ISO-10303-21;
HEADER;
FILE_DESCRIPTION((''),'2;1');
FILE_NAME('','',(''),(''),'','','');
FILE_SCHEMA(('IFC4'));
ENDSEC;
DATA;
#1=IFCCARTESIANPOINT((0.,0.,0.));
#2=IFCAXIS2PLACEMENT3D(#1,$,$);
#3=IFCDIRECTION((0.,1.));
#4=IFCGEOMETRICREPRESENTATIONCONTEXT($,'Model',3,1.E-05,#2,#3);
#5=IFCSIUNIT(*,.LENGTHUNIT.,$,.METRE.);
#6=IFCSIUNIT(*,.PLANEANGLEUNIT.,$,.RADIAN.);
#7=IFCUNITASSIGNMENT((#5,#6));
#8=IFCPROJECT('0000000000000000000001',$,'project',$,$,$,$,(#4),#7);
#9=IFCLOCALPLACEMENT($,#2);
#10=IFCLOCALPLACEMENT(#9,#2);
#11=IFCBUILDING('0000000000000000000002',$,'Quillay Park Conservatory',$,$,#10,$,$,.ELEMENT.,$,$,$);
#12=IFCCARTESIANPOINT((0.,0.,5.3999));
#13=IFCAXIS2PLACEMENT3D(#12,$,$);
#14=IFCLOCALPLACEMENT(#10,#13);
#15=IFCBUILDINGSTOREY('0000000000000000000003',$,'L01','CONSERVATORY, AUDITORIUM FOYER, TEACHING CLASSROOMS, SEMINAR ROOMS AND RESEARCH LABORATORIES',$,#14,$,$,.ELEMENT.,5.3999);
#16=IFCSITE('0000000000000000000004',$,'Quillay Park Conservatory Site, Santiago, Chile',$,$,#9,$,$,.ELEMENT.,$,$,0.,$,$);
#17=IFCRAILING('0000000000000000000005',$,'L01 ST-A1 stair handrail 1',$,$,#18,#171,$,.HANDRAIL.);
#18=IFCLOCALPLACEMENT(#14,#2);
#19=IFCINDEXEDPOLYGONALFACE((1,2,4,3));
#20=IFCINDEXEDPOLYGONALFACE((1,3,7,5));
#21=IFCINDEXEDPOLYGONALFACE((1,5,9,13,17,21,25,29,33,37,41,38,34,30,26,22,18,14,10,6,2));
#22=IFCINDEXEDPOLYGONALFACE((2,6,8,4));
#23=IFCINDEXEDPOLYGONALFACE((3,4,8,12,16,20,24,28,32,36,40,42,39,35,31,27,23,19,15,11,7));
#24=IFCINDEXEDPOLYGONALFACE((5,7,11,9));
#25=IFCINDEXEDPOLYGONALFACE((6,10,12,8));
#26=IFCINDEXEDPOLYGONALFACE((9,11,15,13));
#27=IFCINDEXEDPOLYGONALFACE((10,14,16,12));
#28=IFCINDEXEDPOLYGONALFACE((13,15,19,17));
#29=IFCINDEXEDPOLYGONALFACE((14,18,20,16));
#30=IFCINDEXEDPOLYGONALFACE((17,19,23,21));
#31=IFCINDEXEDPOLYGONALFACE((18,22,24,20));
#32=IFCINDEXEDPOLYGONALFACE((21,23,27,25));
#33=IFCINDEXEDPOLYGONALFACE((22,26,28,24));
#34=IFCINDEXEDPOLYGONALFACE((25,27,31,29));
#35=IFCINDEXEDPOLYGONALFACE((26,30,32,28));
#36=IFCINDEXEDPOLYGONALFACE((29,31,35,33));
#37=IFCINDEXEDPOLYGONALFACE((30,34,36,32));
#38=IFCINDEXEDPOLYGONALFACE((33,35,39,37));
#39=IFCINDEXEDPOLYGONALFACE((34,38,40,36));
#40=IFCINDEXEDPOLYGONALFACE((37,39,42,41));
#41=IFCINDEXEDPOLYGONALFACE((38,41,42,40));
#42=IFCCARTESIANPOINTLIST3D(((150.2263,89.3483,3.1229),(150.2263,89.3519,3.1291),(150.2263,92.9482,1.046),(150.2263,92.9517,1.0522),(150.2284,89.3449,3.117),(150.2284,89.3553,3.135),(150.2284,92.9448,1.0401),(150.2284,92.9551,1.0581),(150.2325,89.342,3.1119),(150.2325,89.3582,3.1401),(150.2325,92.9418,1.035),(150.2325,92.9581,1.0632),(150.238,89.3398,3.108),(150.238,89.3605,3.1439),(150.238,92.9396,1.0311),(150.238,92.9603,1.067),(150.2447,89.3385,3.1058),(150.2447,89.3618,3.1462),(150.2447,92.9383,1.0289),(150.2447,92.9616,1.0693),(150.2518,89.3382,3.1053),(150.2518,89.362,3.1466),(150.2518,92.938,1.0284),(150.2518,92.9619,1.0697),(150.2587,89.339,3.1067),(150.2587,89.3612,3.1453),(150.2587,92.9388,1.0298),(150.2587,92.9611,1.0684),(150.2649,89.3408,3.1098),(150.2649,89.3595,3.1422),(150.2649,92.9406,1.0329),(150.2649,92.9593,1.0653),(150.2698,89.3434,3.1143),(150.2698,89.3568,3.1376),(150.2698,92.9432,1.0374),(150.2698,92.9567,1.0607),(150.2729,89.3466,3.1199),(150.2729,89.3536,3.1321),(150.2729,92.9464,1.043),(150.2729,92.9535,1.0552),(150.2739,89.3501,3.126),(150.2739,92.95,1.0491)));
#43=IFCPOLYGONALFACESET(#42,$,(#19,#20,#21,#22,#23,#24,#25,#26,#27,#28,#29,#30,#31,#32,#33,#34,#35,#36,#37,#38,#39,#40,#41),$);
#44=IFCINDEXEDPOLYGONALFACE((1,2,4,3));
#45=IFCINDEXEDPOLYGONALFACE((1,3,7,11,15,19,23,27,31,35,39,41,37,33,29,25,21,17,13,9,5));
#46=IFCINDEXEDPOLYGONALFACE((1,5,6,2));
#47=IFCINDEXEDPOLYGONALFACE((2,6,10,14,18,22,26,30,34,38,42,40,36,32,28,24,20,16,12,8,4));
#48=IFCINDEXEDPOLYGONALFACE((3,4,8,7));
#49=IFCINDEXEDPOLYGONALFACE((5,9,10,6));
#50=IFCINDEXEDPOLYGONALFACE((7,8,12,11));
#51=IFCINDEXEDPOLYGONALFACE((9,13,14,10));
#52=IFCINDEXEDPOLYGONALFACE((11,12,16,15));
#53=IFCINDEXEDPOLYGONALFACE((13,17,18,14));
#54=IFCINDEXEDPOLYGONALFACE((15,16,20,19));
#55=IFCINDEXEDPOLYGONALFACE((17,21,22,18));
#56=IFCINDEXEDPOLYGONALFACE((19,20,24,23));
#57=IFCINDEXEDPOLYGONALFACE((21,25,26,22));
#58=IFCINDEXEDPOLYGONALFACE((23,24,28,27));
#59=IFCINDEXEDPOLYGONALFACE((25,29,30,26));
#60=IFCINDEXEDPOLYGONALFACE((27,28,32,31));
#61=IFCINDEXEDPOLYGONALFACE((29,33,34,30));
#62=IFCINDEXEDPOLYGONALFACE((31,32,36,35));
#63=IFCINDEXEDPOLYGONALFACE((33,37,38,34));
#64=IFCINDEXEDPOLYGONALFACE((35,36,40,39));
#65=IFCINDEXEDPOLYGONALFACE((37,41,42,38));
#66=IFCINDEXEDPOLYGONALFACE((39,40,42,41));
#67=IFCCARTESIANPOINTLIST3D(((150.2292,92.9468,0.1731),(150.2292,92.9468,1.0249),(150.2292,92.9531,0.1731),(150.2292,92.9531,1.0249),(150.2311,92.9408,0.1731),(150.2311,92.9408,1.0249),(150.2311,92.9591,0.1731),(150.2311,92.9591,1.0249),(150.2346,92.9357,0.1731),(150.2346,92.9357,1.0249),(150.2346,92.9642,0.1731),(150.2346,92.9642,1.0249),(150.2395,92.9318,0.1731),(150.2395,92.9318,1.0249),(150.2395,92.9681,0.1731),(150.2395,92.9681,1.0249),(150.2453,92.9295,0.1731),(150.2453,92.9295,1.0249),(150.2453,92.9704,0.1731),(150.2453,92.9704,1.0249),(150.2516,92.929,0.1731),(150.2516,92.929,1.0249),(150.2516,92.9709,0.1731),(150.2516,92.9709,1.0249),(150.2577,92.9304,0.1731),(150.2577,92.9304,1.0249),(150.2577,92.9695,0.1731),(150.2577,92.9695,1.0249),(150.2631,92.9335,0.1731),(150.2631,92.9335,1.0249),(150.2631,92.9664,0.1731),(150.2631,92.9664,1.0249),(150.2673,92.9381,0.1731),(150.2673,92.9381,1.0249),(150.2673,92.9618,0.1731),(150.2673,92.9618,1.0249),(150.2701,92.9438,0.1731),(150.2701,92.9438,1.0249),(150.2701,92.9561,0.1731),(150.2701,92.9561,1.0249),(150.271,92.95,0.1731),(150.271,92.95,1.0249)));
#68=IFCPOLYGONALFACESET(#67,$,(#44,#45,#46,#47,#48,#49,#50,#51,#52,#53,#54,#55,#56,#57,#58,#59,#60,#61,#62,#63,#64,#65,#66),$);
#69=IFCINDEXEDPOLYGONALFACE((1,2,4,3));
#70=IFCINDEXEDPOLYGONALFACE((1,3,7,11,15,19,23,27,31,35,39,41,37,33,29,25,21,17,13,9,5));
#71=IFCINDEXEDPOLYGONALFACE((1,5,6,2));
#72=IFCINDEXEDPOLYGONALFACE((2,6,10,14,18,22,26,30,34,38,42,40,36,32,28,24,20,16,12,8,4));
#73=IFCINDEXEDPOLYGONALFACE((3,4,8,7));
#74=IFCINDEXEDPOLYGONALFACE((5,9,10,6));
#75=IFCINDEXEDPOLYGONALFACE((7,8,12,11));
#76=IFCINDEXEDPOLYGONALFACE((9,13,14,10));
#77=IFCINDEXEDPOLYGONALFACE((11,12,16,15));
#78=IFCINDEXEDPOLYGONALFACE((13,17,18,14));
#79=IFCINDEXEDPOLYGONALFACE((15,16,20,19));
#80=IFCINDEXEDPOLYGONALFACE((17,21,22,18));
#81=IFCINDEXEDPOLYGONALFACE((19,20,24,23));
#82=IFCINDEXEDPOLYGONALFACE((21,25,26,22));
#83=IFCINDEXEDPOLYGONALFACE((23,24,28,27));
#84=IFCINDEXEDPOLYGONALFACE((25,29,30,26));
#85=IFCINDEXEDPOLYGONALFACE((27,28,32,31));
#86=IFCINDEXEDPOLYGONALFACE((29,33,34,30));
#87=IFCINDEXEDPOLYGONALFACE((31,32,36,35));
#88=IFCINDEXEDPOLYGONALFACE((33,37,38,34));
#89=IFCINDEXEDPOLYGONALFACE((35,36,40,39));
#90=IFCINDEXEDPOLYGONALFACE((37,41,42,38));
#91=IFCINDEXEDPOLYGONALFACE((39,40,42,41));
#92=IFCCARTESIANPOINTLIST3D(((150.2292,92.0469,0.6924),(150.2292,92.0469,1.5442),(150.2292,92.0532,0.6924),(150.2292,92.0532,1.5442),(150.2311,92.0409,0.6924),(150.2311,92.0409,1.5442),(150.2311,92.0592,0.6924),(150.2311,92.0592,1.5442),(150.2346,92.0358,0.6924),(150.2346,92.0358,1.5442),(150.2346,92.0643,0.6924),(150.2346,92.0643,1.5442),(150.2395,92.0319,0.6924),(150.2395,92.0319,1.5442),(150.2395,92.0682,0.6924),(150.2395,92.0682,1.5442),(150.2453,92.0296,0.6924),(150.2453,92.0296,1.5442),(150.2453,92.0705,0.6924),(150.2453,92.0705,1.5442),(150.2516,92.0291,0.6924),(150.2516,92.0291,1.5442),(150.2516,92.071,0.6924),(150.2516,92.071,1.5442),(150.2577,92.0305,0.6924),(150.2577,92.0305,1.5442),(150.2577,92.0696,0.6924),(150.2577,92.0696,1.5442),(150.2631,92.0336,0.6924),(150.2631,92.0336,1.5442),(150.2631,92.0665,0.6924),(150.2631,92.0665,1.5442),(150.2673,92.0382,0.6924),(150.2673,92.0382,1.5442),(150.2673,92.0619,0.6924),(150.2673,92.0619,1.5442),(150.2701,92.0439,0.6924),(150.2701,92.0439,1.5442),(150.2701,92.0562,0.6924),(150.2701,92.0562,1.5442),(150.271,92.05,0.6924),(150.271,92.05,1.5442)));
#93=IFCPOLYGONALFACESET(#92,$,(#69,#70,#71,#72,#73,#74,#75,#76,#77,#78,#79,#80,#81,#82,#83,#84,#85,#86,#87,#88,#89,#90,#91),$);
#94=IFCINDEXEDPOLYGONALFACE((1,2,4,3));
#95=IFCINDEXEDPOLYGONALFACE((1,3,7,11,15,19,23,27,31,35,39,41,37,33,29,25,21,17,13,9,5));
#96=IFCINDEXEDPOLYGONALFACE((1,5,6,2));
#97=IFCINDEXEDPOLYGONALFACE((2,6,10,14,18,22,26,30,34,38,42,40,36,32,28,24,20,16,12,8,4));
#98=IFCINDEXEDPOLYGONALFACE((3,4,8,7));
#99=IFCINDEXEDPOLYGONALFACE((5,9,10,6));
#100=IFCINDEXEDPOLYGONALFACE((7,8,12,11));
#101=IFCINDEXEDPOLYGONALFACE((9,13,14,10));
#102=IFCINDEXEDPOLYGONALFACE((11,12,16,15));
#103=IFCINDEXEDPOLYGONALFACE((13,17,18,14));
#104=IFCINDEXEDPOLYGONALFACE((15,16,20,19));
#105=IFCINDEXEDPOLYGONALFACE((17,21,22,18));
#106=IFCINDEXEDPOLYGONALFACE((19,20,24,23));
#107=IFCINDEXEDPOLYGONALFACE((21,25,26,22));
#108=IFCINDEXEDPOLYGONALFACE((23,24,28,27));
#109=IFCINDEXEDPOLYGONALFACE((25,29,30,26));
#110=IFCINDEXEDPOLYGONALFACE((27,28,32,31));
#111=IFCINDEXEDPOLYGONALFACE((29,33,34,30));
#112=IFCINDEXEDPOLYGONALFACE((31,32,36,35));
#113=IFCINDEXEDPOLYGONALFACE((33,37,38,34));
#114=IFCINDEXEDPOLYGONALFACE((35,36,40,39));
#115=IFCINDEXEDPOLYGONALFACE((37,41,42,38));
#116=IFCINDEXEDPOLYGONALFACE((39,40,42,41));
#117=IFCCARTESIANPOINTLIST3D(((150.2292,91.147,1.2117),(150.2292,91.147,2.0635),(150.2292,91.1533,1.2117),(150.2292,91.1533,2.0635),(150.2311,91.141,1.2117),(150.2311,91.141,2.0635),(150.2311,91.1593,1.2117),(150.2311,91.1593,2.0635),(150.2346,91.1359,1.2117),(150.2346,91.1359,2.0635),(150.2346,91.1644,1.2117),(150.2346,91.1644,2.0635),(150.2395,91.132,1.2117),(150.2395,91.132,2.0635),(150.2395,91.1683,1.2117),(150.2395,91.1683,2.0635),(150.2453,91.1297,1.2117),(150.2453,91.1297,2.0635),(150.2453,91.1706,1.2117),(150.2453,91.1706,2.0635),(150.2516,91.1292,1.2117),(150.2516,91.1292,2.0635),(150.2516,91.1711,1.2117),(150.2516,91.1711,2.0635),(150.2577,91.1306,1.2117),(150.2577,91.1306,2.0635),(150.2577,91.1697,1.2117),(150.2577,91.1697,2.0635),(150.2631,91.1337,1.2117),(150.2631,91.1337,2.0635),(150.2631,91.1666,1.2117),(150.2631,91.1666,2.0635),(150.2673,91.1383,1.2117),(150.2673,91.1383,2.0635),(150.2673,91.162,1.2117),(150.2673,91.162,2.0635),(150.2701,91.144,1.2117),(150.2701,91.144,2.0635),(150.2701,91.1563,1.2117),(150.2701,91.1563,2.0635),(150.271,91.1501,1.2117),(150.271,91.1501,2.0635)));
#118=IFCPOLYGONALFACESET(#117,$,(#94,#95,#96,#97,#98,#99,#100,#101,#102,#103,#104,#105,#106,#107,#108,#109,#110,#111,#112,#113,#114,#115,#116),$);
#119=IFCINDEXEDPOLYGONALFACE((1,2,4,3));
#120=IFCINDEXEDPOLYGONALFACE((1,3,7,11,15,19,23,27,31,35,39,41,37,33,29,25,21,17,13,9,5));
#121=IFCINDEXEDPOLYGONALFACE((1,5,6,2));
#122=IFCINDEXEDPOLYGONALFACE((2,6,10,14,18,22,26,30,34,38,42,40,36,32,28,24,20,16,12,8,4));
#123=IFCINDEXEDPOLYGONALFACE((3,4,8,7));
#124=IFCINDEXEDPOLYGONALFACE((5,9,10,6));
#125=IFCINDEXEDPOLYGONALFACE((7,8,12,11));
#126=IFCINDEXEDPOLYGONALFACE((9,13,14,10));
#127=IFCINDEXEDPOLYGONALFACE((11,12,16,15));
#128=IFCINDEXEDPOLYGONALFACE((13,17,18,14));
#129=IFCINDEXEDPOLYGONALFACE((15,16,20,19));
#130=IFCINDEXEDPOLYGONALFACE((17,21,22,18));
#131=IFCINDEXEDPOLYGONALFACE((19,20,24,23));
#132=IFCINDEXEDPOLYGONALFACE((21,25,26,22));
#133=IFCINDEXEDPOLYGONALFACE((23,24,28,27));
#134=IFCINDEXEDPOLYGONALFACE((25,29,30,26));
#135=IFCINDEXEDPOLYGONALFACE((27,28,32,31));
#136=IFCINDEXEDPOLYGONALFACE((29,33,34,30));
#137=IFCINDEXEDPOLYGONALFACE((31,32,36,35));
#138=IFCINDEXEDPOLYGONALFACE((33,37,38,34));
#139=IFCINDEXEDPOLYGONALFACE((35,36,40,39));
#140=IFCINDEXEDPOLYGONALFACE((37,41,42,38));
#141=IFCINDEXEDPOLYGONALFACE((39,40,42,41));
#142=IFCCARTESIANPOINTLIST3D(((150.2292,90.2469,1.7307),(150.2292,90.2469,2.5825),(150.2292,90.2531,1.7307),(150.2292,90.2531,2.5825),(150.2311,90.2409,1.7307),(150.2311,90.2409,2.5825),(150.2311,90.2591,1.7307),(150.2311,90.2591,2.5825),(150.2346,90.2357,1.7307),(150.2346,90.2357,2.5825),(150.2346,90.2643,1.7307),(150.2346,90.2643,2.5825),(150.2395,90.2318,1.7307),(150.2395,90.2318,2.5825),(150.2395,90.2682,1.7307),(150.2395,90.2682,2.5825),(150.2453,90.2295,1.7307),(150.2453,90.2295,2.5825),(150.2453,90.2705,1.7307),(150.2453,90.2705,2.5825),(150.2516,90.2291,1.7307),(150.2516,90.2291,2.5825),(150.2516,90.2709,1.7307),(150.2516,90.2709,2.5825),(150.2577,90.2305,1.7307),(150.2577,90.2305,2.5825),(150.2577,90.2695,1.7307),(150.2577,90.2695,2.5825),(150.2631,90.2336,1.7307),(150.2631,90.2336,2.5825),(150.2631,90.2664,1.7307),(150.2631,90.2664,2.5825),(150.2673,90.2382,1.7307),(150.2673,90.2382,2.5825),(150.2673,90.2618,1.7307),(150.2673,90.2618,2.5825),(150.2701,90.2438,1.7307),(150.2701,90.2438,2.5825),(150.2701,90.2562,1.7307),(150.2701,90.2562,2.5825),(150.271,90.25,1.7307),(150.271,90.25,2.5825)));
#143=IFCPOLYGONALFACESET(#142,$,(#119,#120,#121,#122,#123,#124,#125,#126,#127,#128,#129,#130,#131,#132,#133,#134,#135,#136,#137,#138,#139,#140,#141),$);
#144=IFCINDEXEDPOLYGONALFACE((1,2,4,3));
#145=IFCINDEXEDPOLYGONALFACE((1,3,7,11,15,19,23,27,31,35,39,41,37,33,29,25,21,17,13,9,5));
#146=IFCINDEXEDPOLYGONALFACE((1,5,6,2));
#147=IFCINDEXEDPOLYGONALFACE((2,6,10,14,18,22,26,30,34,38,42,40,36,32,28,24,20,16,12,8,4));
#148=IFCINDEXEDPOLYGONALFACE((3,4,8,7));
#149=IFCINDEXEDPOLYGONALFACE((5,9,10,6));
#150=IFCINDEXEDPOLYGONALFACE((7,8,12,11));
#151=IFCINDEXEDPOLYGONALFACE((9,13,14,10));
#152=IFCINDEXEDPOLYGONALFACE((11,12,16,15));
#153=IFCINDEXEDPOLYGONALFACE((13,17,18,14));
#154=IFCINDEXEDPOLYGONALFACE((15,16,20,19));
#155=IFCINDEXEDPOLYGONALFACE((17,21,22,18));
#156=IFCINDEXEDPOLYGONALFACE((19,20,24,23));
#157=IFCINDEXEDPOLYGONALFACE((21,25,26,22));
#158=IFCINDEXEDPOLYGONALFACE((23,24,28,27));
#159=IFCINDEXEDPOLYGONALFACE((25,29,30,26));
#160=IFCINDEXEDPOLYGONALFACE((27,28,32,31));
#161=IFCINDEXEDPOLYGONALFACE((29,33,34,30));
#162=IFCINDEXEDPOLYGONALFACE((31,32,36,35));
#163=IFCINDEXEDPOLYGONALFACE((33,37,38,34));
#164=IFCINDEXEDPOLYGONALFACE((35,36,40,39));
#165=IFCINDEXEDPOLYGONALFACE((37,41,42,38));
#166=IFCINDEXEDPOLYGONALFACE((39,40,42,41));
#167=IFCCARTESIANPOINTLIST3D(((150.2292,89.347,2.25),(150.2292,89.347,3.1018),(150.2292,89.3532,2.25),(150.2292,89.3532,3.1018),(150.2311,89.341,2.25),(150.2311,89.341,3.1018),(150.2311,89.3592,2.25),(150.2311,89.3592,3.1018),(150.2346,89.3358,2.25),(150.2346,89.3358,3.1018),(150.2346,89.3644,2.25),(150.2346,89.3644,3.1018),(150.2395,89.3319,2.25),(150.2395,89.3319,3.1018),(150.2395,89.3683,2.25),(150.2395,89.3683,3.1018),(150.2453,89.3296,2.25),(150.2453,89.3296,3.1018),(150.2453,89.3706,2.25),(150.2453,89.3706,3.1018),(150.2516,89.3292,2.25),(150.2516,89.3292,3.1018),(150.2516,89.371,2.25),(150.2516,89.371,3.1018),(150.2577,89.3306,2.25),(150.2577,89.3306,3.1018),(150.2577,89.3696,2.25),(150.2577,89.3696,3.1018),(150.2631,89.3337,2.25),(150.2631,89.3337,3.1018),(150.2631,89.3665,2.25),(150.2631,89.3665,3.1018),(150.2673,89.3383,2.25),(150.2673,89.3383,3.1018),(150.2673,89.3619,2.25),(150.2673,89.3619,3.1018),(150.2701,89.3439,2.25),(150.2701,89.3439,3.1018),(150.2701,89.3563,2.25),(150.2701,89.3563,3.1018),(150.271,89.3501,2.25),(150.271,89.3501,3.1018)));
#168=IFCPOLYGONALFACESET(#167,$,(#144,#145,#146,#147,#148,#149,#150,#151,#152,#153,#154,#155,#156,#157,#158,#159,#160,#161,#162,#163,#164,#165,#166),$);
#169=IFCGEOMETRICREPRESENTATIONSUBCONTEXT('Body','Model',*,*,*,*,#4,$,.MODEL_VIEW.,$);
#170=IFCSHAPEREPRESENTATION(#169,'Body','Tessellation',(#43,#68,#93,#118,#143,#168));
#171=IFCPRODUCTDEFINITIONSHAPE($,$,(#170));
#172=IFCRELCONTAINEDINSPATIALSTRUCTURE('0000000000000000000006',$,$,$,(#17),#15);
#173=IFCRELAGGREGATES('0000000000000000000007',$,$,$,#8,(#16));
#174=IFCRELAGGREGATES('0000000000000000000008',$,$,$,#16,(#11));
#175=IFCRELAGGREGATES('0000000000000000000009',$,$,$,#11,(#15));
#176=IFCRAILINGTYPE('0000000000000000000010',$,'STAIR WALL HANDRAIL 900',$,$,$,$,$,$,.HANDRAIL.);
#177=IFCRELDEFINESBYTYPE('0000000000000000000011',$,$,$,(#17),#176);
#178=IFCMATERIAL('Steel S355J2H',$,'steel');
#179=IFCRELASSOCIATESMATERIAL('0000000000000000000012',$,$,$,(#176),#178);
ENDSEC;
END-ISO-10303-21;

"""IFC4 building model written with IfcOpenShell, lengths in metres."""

from ifc_helpers import new_model, si_unit, direction, frame, origin, origin_2d, place, context, subcontext, project, spatial, circle, extrude, material, type_object, element, save


model = new_model("IFC4")

# Units and contexts
model_context = context("Model", 3, precision=1e-05, world=origin(), true_north=direction((0.0, 1.0)))
body_context = subcontext(model_context, "Body", "Model", "MODEL_VIEW")
ifc_project = project(units=[si_unit("LENGTHUNIT", "METRE"), si_unit("PLANEANGLEUNIT", "RADIAN")], contexts=[model_context])

# Site, building, storey
site_placement = place(None, origin())
site = spatial("IfcSite", under=ifc_project, at=site_placement, Name="Quillay Park Conservatory Site, Santiago, Chile", CompositionType="ELEMENT", RefElevation=0.0)
building_placement = place(site_placement, origin())
building = spatial("IfcBuilding", under=site, at=building_placement, Name="Quillay Park Conservatory", CompositionType="ELEMENT")
storey_placement = place(building_placement, frame((0.0, 0.0, 5.3999)))
storey = spatial("IfcBuildingStorey", under=building, at=storey_placement, Name="L01", Description="CONSERVATORY, AUDITORIUM FOYER, TEACHING CLASSROOMS, SEMINAR ROOMS AND RESEARCH LABORATORIES", CompositionType="ELEMENT", Elevation=5.3999)

# Railing
ifc_material_1 = material(Name="Steel S355J2H", Category="steel")
railing_type_1 = type_object("IfcRailingType", Name="STAIR WALL HANDRAIL 900", PredefinedType="HANDRAIL", material=ifc_material_1)
railing_1_placement = place(storey_placement, frame((150.25, 92.95, 0.1731)))
element("IfcRailing", 1, at=railing_1_placement, inside=storey, type_object=railing_type_1, Name="L01 ST-A1 stair handrail 1", PredefinedType="HANDRAIL", context=body_context, shape_type="SweptSolid", body=[
    extrude(circle(Radius=0.0239, at=origin_2d()), frame((0.0, 0.0, 0.876), z_axis=(0.0, -0.866179, 0.499734), x_axis=(1.0, 0.0, 0.0)), (0.0, 0.0, 1.0), 4.156),
    extrude(circle(Radius=0.021, at=origin_2d()), origin(), (0.0, 0.0, 1.0), 0.8518),
    extrude(circle(Radius=0.021, at=origin_2d()), frame((0.0, -0.8999, 0.5193)), (0.0, 0.0, 1.0), 0.8518),
    extrude(circle(Radius=0.021, at=origin_2d()), frame((0.0, -1.7998, 1.0386)), (0.0, 0.0, 1.0), 0.8518),
    extrude(circle(Radius=0.021, at=origin_2d()), frame((0.0, -2.7, 1.5576)), (0.0, 0.0, 1.0), 0.8518),
    extrude(circle(Radius=0.021, at=origin_2d()), frame((0.0, -3.5999, 2.0769)), (0.0, 0.0, 1.0), 0.8518),
])

save(model, "model.ifc")
